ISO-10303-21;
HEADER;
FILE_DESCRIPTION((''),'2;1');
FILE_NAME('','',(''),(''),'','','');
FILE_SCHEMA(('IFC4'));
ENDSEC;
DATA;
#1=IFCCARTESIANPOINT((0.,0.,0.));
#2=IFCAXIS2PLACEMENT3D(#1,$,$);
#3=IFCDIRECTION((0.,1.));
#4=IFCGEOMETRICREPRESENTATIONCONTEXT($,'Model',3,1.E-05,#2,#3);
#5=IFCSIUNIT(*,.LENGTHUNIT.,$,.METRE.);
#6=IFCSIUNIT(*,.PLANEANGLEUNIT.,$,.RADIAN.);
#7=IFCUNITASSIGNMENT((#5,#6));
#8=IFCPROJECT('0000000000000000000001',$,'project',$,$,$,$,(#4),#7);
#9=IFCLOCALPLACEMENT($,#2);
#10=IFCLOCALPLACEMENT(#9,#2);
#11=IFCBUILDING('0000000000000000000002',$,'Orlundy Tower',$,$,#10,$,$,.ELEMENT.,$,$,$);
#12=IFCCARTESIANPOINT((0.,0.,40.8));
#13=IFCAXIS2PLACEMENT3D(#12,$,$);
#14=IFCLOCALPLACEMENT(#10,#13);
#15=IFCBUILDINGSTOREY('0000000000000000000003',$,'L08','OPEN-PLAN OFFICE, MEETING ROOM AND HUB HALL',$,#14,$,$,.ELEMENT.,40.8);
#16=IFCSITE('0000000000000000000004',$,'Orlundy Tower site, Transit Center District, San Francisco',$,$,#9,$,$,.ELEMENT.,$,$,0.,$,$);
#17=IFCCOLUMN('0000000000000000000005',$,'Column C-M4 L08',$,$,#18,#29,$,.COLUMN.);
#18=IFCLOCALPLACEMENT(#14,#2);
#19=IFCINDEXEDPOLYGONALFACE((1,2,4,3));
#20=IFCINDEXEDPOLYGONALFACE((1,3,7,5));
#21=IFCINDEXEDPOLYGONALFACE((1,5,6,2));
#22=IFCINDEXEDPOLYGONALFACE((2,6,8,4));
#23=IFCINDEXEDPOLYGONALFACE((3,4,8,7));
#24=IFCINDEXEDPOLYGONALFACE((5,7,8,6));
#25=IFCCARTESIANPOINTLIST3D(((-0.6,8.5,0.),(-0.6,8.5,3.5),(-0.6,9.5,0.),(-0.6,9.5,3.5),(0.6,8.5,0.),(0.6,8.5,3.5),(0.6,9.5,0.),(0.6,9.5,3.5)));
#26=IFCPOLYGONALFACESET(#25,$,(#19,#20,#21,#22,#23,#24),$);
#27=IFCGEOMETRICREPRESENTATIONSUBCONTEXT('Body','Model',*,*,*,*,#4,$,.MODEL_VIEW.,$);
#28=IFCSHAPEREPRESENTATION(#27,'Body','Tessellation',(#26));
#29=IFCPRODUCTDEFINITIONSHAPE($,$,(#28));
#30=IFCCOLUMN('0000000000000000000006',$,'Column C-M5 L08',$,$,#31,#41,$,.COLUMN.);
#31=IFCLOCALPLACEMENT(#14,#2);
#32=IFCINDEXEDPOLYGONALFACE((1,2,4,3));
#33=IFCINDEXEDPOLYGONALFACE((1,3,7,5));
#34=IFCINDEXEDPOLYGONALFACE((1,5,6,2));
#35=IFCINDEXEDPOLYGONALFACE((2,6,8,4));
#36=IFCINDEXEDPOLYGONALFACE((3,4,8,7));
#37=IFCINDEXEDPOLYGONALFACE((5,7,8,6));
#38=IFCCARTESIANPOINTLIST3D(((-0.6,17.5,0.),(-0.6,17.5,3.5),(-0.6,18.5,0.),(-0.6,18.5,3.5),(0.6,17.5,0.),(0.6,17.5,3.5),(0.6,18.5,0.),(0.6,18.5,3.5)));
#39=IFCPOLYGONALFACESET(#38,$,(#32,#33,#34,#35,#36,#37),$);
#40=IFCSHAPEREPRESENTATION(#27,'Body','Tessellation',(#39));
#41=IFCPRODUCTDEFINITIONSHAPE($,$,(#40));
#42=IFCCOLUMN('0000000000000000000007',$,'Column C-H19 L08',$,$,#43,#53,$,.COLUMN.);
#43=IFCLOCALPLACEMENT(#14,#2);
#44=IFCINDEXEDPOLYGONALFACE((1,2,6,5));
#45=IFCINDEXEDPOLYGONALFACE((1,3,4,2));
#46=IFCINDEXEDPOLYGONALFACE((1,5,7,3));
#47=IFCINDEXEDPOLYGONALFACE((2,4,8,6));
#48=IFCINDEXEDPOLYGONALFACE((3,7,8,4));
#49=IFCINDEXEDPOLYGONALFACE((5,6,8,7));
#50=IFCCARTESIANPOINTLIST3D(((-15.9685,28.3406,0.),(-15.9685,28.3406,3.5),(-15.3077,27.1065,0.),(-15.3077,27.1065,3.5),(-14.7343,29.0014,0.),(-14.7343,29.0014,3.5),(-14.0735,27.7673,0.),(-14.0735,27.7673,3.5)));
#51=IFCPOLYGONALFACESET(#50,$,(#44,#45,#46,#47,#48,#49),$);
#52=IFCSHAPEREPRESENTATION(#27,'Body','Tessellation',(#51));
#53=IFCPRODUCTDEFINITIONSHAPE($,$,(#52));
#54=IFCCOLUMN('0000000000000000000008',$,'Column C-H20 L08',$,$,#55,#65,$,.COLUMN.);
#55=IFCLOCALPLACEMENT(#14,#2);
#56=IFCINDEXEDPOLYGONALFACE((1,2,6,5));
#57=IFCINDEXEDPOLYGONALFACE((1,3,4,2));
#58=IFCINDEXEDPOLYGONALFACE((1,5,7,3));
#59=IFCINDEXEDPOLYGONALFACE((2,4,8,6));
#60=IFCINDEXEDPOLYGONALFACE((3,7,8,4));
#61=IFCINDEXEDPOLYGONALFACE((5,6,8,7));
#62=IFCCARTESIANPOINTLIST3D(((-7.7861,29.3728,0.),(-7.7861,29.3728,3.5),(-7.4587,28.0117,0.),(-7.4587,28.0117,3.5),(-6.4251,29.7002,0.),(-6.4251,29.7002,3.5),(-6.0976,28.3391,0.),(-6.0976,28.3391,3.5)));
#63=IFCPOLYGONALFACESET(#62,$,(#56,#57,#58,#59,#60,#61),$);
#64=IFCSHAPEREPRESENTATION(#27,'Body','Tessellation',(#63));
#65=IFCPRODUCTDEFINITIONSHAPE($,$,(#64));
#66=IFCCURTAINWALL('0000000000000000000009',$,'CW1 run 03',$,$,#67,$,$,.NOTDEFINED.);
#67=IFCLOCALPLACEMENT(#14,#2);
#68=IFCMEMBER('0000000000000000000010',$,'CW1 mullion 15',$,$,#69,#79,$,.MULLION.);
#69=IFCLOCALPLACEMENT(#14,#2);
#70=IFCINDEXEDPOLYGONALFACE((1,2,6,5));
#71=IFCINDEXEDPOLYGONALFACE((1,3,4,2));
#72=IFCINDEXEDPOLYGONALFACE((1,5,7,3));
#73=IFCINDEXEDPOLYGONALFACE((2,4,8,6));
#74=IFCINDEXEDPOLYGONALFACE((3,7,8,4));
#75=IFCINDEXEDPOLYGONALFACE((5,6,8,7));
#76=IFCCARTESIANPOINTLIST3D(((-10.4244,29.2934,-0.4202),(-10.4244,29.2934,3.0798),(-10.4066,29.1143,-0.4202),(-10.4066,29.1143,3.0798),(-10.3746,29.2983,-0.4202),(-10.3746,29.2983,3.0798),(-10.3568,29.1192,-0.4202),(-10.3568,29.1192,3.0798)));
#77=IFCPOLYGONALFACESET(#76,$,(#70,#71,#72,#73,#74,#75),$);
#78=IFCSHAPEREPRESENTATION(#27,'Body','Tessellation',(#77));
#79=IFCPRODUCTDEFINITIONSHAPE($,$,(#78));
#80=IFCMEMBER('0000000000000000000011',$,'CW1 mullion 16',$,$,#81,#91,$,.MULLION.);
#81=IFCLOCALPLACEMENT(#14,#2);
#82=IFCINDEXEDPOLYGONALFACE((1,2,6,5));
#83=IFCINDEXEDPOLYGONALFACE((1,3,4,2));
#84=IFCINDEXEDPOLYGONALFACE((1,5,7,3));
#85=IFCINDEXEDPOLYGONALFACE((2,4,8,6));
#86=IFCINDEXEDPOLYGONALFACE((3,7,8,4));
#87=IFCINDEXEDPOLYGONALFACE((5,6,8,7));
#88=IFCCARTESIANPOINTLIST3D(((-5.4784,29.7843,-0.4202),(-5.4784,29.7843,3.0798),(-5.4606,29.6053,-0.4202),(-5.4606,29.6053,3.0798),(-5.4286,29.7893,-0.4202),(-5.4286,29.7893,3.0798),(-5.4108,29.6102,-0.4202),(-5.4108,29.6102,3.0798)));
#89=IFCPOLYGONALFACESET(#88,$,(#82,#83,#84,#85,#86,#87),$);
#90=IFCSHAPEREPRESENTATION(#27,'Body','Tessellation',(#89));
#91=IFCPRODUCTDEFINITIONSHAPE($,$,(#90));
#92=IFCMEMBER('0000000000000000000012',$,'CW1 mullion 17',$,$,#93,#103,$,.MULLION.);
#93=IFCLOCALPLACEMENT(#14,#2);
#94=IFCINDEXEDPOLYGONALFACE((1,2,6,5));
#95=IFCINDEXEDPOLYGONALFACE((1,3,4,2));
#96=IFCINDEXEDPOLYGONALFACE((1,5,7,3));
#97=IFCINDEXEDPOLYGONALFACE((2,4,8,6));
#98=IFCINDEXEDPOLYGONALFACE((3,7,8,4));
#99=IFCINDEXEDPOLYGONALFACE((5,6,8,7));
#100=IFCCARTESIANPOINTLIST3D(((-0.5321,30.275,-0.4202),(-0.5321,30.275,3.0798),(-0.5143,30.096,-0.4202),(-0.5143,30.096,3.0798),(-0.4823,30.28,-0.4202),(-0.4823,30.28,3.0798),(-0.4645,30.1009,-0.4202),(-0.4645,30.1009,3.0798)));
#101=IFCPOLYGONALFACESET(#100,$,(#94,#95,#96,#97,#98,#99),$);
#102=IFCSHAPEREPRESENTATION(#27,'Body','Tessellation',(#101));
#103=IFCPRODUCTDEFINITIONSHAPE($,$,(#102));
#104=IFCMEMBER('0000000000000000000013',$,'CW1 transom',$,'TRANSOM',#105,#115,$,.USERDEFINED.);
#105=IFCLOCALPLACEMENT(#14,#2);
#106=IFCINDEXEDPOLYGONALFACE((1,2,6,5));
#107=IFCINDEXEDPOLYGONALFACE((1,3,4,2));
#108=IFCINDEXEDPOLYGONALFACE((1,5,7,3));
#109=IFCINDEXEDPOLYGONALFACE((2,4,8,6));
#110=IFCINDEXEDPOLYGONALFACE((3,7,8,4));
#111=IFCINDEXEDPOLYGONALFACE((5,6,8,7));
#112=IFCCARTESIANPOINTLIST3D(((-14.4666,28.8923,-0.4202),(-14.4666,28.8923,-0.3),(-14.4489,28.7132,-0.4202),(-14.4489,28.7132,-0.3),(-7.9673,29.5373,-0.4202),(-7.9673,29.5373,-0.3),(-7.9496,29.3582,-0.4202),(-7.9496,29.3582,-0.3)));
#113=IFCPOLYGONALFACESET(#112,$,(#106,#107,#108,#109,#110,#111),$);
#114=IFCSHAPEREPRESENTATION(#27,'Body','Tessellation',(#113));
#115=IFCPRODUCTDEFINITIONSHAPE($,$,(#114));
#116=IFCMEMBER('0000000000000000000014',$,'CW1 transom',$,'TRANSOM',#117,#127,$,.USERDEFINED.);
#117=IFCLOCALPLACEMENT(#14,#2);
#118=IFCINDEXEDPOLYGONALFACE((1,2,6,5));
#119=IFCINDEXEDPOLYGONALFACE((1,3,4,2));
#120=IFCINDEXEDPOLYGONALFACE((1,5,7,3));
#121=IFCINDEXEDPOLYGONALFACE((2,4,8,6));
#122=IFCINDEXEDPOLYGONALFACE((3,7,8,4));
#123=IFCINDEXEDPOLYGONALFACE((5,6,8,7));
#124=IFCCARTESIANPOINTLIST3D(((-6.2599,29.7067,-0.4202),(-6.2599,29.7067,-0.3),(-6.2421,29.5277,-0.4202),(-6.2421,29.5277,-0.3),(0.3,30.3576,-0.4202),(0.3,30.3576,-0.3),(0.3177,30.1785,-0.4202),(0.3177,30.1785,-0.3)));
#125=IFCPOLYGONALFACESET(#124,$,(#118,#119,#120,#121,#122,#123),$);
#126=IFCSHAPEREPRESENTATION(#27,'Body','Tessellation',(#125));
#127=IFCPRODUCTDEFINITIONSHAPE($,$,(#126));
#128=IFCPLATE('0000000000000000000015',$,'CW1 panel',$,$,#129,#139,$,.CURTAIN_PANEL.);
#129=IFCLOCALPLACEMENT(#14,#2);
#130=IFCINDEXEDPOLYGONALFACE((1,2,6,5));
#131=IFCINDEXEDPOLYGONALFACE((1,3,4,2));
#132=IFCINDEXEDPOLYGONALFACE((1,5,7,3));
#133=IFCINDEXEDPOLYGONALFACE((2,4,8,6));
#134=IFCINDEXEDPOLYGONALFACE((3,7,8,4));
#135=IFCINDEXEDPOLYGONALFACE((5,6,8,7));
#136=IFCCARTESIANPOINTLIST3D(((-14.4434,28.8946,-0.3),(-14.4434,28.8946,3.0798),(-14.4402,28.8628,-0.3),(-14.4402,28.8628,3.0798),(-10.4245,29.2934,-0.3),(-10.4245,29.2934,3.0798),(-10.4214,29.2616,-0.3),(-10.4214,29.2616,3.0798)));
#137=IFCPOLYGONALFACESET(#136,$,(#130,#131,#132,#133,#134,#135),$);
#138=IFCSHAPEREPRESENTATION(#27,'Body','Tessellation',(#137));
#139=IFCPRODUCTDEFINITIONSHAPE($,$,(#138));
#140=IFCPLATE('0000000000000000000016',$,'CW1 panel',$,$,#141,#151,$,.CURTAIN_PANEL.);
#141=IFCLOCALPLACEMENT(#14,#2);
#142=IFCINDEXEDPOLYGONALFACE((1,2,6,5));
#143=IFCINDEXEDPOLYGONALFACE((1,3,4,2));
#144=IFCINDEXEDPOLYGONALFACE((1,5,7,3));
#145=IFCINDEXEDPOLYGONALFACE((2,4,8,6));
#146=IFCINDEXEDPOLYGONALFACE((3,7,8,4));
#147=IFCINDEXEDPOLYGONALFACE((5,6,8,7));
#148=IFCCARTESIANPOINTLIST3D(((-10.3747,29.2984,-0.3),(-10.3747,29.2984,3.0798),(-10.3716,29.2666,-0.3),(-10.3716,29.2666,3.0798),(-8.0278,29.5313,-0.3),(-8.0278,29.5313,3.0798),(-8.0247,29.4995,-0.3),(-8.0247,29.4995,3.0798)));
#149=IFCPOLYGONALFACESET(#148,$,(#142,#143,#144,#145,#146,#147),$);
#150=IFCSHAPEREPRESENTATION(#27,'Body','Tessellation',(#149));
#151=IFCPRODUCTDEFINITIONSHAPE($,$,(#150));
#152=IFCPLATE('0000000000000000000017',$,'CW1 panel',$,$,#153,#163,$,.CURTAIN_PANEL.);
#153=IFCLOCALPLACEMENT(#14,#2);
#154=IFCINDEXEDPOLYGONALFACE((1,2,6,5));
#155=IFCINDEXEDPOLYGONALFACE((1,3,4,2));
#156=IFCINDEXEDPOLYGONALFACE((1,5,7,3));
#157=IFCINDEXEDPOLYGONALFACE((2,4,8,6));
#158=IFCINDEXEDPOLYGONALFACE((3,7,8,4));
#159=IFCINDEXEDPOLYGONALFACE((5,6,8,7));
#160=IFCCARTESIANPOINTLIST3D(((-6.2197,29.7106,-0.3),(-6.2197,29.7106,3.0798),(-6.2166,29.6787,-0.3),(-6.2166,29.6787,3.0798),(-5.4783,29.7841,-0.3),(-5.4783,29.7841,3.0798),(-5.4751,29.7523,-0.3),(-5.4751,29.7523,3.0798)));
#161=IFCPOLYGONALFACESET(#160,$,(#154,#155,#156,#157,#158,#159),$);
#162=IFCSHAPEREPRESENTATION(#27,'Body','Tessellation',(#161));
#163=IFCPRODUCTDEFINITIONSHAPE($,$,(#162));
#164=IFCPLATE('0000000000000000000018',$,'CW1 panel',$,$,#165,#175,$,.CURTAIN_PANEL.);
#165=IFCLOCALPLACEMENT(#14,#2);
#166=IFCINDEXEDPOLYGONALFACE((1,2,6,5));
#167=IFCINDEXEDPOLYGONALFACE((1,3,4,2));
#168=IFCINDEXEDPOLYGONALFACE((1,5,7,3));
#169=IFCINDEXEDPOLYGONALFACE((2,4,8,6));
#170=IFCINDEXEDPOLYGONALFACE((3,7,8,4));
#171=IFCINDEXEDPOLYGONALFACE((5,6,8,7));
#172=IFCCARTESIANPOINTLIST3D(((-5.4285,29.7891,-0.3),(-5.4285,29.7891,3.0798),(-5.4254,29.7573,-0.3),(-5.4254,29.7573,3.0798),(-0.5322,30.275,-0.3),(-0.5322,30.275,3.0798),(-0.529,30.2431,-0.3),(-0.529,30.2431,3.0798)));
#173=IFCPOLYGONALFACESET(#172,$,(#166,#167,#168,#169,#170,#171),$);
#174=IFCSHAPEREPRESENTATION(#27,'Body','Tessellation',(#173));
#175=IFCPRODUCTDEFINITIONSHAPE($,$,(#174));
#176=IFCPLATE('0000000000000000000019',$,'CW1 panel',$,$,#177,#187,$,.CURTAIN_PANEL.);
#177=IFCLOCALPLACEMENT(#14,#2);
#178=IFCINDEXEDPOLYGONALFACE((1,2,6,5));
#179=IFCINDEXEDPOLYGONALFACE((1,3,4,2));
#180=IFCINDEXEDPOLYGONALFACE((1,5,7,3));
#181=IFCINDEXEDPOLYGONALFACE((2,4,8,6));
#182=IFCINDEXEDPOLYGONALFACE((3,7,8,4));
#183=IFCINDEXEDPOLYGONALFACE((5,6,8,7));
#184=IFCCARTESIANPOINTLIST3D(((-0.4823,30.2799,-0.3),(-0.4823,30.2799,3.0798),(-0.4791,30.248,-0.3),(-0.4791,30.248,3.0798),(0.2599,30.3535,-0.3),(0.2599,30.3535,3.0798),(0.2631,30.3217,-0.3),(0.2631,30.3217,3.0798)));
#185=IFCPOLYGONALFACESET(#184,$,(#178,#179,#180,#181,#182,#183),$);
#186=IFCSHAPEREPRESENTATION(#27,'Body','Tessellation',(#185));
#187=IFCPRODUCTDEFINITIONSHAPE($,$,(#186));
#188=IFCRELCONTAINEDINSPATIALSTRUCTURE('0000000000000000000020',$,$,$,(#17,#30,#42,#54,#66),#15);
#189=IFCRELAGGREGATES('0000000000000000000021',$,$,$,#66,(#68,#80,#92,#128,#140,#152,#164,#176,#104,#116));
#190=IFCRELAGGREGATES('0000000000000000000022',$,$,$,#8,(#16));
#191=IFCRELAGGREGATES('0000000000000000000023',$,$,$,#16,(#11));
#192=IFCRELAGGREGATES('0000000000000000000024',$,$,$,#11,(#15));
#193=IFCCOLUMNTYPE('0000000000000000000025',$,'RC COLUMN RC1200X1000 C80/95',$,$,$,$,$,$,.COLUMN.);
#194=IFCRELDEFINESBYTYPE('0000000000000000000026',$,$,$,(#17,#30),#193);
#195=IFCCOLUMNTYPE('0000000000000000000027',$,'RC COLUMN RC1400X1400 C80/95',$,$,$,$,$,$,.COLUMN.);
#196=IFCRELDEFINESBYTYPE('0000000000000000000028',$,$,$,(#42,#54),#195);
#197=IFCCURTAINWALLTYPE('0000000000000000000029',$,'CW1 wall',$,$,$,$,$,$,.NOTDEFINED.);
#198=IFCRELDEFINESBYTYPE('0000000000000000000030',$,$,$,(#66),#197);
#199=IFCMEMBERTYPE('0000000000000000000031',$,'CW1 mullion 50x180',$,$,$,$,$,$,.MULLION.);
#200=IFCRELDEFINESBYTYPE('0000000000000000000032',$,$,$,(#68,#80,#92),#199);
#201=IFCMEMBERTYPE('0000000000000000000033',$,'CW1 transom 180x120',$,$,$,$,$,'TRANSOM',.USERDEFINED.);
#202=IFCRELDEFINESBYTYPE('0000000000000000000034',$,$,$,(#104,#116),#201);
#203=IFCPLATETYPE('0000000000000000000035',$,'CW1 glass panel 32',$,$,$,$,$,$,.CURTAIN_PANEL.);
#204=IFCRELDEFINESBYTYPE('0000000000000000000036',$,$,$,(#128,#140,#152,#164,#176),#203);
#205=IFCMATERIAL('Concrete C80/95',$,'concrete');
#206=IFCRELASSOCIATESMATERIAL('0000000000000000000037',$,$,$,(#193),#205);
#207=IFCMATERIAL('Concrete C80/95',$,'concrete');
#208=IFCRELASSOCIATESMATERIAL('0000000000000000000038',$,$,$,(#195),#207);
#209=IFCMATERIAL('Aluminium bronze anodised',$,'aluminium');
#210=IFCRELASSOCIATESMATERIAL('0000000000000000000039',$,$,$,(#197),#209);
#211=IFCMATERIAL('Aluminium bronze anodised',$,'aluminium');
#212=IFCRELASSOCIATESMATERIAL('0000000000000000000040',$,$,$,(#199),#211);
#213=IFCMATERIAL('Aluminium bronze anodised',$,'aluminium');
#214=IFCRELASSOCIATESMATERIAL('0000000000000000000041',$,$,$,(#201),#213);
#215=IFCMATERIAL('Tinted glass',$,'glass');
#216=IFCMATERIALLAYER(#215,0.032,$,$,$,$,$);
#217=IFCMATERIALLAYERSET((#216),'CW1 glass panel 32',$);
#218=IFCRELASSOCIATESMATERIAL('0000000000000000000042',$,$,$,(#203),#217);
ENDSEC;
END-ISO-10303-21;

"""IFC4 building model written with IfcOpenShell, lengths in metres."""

from ifc_helpers import new_model, si_unit, direction, frame, origin, origin_2d, place, context, subcontext, project, spatial, rectangle, extrude, material, layer, layer_set, material_profile, profile_set, type_object, element, aggregate, save


model = new_model("IFC4")

# Units and contexts
model_context = context("Model", 3, precision=1e-05, world=origin(), true_north=direction((0.0, 1.0)))
body_context = subcontext(model_context, "Body", "Model", "MODEL_VIEW")
ifc_project = project(units=[si_unit("LENGTHUNIT", "METRE"), si_unit("PLANEANGLEUNIT", "RADIAN")], contexts=[model_context])

# Site, building, storey
site_placement = place(None, origin())
site = spatial("IfcSite", under=ifc_project, at=site_placement, Name="Orlundy Tower site, Transit Center District, San Francisco", CompositionType="ELEMENT", RefElevation=0.0)
building_placement = place(site_placement, origin())
building = spatial("IfcBuilding", under=site, at=building_placement, Name="Orlundy Tower", CompositionType="ELEMENT")
storey_placement = place(building_placement, frame((0.0, 0.0, 40.8)))
storey = spatial("IfcBuildingStorey", under=building, at=storey_placement, Name="L08", Description="OPEN-PLAN OFFICE, MEETING ROOM AND HUB HALL", CompositionType="ELEMENT", Elevation=40.8)

# Columns
ifc_material_1 = material(Name="Concrete C80/95", Category="concrete")
ifc_material_profile_1 = material_profile(ifc_material_1, rectangle(XDim=1.2, YDim=1.0, at=origin_2d()), Name="RC1200X1000")
ifc_profile_set_1 = profile_set([ifc_material_profile_1], Name="Concrete C80/95")
column_type_1 = type_object("IfcColumnType", Name="RC COLUMN RC1200X1000 C80/95", PredefinedType="COLUMN", material=ifc_profile_set_1)
for number, where, z_axis, x_axis, name in (
    (1, (0.0, 9.0, 0.0), (0.0, 0.0, 1.0), (1.0, 0.0, 0.0), "Column C-M4 L08"),
    (2, (0.0, 18.0, 0.0), (0.0, 0.0, 1.0), (1.0, 0.0, 0.0), "Column C-M5 L08"),
):
    element("IfcColumn", number, at=place(storey_placement, frame(where, z_axis=z_axis, x_axis=x_axis)), inside=storey, type_object=column_type_1, Name=name, PredefinedType="COLUMN", context=body_context, shape_type="SweptSolid", body=[
        extrude(rectangle(XDim=1.2, YDim=1.0, at=origin_2d()), origin(), (0.0, 0.0, 1.0), 3.5),
    ])
ifc_material_2 = material(Name="Concrete C80/95", Category="concrete")
ifc_material_profile_2 = material_profile(ifc_material_2, rectangle(XDim=1.3999, YDim=1.3999, at=origin_2d()), Name="RC1400X1400")
ifc_profile_set_2 = profile_set([ifc_material_profile_2], Name="Concrete C80/95")
column_type_2 = type_object("IfcColumnType", Name="RC COLUMN RC1400X1400 C80/95", PredefinedType="COLUMN", material=ifc_profile_set_2)
for number, where, z_axis, x_axis, name in (
    (3, (-15.021, 28.054, 0.0), (0.0, 0.0, 1.0), (-0.472028, 0.881584, 0.0), "Column C-H19 L08"),
    (4, (-6.9419, 28.856, 0.0), (0.0, 0.0, 1.0), (-0.233904, 0.97226, 0.0), "Column C-H20 L08"),
):
    element("IfcColumn", number, at=place(storey_placement, frame(where, z_axis=z_axis, x_axis=x_axis)), inside=storey, type_object=column_type_2, Name=name, PredefinedType="COLUMN", context=body_context, shape_type="SweptSolid", body=[
        extrude(rectangle(XDim=1.3999, YDim=1.3999, at=origin_2d()), origin(), (0.0, 0.0, 1.0), 3.5),
    ])

# Curtain wall, members, plates
ifc_material_3 = material(Name="Aluminium bronze anodised", Category="aluminium")
curtain_wall_type = type_object("IfcCurtainWallType", Name="CW1 wall", PredefinedType="NOTDEFINED", material=ifc_material_3)
curtain_wall_placement = place(storey_placement, origin())
curtain_wall = element("IfcCurtainWall", 5, at=curtain_wall_placement, inside=storey, type_object=curtain_wall_type, Name="CW1 run 03", PredefinedType="NOTDEFINED")
ifc_material_4 = material(Name="Aluminium bronze anodised", Category="aluminium")
ifc_material_profile_3 = material_profile(ifc_material_4, rectangle(XDim=0.1799, YDim=0.05, at=origin_2d()), Name="CW1 mullion 50x180")
ifc_profile_set_3 = profile_set([ifc_material_profile_3], Name="Aluminium bronze anodised")
member_type_1 = type_object("IfcMemberType", Name="CW1 mullion 50x180", PredefinedType="MULLION", material=ifc_profile_set_3)
member_1_placement = place(storey_placement, frame((-10.3906, 29.2063, -0.4202), z_axis=(0.0, 0.0, 1.0), x_axis=(-0.098743, 0.995113, 0.0)))
member_1 = element("IfcMember", 6, at=member_1_placement, type_object=member_type_1, Name="CW1 mullion 15", PredefinedType="MULLION", context=body_context, shape_type="SweptSolid", body=[
    extrude(rectangle(XDim=0.1799, YDim=0.05, at=origin_2d()), origin(), (0.0, 0.0, 1.0), 3.5),
])
member_2_placement = place(storey_placement, frame((-5.4446, 29.6973, -0.4202), z_axis=(0.0, 0.0, 1.0), x_axis=(-0.098743, 0.995113, 0.0)))
member_2 = element("IfcMember", 7, at=member_2_placement, type_object=member_type_1, Name="CW1 mullion 16", PredefinedType="MULLION", context=body_context, shape_type="SweptSolid", body=[
    extrude(rectangle(XDim=0.1799, YDim=0.05, at=origin_2d()), origin(), (0.0, 0.0, 1.0), 3.5),
])
member_3_placement = place(storey_placement, frame((-0.4983, 30.188, -0.4202), z_axis=(0.0, 0.0, 1.0), x_axis=(-0.098743, 0.995113, 0.0)))
member_3 = element("IfcMember", 8, at=member_3_placement, type_object=member_type_1, Name="CW1 mullion 17", PredefinedType="MULLION", context=body_context, shape_type="SweptSolid", body=[
    extrude(rectangle(XDim=0.1799, YDim=0.05, at=origin_2d()), origin(), (0.0, 0.0, 1.0), 3.5),
])
ifc_material_5 = material(Name="Aluminium bronze anodised", Category="aluminium")
ifc_material_profile_4 = material_profile(ifc_material_5, rectangle(XDim=0.1799, YDim=0.1201, at=origin_2d()), Name="CW1 transom 180x120")
ifc_profile_set_4 = profile_set([ifc_material_profile_4], Name="Aluminium bronze anodised")
member_type_2 = type_object("IfcMemberType", Name="CW1 transom 180x120", ElementType="TRANSOM", PredefinedType="USERDEFINED", material=ifc_profile_set_4)
member_4_placement = place(storey_placement, frame((-14.4578, 28.8027, -0.3601), z_axis=(0.995111, 0.09876, 0.0), x_axis=(-0.09876, 0.995111, 0.0)))
member_4 = element("IfcMember", 9, at=member_4_placement, type_object=member_type_2, Name="CW1 transom", ObjectType="TRANSOM", PredefinedType="USERDEFINED", context=body_context, shape_type="SweptSolid", body=[
    extrude(rectangle(XDim=0.1799, YDim=0.1201, at=origin_2d()), origin(), (0.0, 0.0, 1.0), 6.5312),
])
member_5_placement = place(storey_placement, frame((-6.251, 29.6172, -0.3601), z_axis=(0.995114, 0.098737, 0.0), x_axis=(-0.098737, 0.995114, 0.0)))
member_5 = element("IfcMember", 10, at=member_5_placement, type_object=member_type_2, Name="CW1 transom", ObjectType="TRANSOM", PredefinedType="USERDEFINED", context=body_context, shape_type="SweptSolid", body=[
    extrude(rectangle(XDim=0.1799, YDim=0.1201, at=origin_2d()), origin(), (0.0, 0.0, 1.0), 6.592),
])
ifc_material_6 = material(Name="Tinted glass", Category="glass")
ifc_layer_1 = layer(ifc_material_6, 0.032)
ifc_layer_set_1 = layer_set([ifc_layer_1], Name="CW1 glass panel 32")
plate_type = type_object("IfcPlateType", Name="CW1 glass panel 32", PredefinedType="CURTAIN_PANEL", material=ifc_layer_set_1)
plate_1_placement = place(storey_placement, frame((-12.4324, 29.0781, -0.3), z_axis=(0.0, 0.0, 1.0), x_axis=(0.995113, 0.098743, 0.0)))
plate_1 = element("IfcPlate", 11, at=plate_1_placement, type_object=plate_type, Name="CW1 panel", PredefinedType="CURTAIN_PANEL", context=body_context, shape_type="SweptSolid", body=[
    extrude(rectangle(XDim=4.0386, YDim=0.032, at=origin_2d()), origin(), (0.0, 0.0, 1.0), 3.3799),
])
plate_2_placement = place(storey_placement, frame((-9.1997, 29.3989, -0.3), z_axis=(0.0, 0.0, 1.0), x_axis=(0.995113, 0.098743, 0.0)))
plate_2 = element("IfcPlate", 12, at=plate_2_placement, type_object=plate_type, Name="CW1 panel", PredefinedType="CURTAIN_PANEL", context=body_context, shape_type="SweptSolid", body=[
    extrude(rectangle(XDim=2.3584, YDim=0.032, at=origin_2d()), origin(), (0.0, 0.0, 1.0), 3.3799),
])
plate_3_placement = place(storey_placement, frame((-5.8474, 29.7314, -0.3), z_axis=(0.0, 0.0, 1.0), x_axis=(0.995113, 0.098743, 0.0)))
plate_3 = element("IfcPlate", 13, at=plate_3_placement, type_object=plate_type, Name="CW1 panel", PredefinedType="CURTAIN_PANEL", context=body_context, shape_type="SweptSolid", body=[
    extrude(rectangle(XDim=0.7451, YDim=0.032, at=origin_2d()), origin(), (0.0, 0.0, 1.0), 3.3799),
])
plate_4_placement = place(storey_placement, frame((-2.9788, 30.0161, -0.3), z_axis=(0.0, 0.0, 1.0), x_axis=(0.995113, 0.098743, 0.0)))
plate_4 = element("IfcPlate", 14, at=plate_4_placement, type_object=plate_type, Name="CW1 panel", PredefinedType="CURTAIN_PANEL", context=body_context, shape_type="SweptSolid", body=[
    extrude(rectangle(XDim=4.9204, YDim=0.032, at=origin_2d()), origin(), (0.0, 0.0, 1.0), 3.3799),
])
plate_5_placement = place(storey_placement, frame((-0.1096, 30.3008, -0.3), z_axis=(0.0, 0.0, 1.0), x_axis=(0.995113, 0.098743, 0.0)))
plate_5 = element("IfcPlate", 15, at=plate_5_placement, type_object=plate_type, Name="CW1 panel", PredefinedType="CURTAIN_PANEL", context=body_context, shape_type="SweptSolid", body=[
    extrude(rectangle(XDim=0.7458, YDim=0.032, at=origin_2d()), origin(), (0.0, 0.0, 1.0), 3.3799),
])
aggregate(curtain_wall, [member_1, member_2, member_3, plate_1, plate_2, plate_3, plate_4, plate_5, member_4, member_5])

save(model, "model.ifc")
